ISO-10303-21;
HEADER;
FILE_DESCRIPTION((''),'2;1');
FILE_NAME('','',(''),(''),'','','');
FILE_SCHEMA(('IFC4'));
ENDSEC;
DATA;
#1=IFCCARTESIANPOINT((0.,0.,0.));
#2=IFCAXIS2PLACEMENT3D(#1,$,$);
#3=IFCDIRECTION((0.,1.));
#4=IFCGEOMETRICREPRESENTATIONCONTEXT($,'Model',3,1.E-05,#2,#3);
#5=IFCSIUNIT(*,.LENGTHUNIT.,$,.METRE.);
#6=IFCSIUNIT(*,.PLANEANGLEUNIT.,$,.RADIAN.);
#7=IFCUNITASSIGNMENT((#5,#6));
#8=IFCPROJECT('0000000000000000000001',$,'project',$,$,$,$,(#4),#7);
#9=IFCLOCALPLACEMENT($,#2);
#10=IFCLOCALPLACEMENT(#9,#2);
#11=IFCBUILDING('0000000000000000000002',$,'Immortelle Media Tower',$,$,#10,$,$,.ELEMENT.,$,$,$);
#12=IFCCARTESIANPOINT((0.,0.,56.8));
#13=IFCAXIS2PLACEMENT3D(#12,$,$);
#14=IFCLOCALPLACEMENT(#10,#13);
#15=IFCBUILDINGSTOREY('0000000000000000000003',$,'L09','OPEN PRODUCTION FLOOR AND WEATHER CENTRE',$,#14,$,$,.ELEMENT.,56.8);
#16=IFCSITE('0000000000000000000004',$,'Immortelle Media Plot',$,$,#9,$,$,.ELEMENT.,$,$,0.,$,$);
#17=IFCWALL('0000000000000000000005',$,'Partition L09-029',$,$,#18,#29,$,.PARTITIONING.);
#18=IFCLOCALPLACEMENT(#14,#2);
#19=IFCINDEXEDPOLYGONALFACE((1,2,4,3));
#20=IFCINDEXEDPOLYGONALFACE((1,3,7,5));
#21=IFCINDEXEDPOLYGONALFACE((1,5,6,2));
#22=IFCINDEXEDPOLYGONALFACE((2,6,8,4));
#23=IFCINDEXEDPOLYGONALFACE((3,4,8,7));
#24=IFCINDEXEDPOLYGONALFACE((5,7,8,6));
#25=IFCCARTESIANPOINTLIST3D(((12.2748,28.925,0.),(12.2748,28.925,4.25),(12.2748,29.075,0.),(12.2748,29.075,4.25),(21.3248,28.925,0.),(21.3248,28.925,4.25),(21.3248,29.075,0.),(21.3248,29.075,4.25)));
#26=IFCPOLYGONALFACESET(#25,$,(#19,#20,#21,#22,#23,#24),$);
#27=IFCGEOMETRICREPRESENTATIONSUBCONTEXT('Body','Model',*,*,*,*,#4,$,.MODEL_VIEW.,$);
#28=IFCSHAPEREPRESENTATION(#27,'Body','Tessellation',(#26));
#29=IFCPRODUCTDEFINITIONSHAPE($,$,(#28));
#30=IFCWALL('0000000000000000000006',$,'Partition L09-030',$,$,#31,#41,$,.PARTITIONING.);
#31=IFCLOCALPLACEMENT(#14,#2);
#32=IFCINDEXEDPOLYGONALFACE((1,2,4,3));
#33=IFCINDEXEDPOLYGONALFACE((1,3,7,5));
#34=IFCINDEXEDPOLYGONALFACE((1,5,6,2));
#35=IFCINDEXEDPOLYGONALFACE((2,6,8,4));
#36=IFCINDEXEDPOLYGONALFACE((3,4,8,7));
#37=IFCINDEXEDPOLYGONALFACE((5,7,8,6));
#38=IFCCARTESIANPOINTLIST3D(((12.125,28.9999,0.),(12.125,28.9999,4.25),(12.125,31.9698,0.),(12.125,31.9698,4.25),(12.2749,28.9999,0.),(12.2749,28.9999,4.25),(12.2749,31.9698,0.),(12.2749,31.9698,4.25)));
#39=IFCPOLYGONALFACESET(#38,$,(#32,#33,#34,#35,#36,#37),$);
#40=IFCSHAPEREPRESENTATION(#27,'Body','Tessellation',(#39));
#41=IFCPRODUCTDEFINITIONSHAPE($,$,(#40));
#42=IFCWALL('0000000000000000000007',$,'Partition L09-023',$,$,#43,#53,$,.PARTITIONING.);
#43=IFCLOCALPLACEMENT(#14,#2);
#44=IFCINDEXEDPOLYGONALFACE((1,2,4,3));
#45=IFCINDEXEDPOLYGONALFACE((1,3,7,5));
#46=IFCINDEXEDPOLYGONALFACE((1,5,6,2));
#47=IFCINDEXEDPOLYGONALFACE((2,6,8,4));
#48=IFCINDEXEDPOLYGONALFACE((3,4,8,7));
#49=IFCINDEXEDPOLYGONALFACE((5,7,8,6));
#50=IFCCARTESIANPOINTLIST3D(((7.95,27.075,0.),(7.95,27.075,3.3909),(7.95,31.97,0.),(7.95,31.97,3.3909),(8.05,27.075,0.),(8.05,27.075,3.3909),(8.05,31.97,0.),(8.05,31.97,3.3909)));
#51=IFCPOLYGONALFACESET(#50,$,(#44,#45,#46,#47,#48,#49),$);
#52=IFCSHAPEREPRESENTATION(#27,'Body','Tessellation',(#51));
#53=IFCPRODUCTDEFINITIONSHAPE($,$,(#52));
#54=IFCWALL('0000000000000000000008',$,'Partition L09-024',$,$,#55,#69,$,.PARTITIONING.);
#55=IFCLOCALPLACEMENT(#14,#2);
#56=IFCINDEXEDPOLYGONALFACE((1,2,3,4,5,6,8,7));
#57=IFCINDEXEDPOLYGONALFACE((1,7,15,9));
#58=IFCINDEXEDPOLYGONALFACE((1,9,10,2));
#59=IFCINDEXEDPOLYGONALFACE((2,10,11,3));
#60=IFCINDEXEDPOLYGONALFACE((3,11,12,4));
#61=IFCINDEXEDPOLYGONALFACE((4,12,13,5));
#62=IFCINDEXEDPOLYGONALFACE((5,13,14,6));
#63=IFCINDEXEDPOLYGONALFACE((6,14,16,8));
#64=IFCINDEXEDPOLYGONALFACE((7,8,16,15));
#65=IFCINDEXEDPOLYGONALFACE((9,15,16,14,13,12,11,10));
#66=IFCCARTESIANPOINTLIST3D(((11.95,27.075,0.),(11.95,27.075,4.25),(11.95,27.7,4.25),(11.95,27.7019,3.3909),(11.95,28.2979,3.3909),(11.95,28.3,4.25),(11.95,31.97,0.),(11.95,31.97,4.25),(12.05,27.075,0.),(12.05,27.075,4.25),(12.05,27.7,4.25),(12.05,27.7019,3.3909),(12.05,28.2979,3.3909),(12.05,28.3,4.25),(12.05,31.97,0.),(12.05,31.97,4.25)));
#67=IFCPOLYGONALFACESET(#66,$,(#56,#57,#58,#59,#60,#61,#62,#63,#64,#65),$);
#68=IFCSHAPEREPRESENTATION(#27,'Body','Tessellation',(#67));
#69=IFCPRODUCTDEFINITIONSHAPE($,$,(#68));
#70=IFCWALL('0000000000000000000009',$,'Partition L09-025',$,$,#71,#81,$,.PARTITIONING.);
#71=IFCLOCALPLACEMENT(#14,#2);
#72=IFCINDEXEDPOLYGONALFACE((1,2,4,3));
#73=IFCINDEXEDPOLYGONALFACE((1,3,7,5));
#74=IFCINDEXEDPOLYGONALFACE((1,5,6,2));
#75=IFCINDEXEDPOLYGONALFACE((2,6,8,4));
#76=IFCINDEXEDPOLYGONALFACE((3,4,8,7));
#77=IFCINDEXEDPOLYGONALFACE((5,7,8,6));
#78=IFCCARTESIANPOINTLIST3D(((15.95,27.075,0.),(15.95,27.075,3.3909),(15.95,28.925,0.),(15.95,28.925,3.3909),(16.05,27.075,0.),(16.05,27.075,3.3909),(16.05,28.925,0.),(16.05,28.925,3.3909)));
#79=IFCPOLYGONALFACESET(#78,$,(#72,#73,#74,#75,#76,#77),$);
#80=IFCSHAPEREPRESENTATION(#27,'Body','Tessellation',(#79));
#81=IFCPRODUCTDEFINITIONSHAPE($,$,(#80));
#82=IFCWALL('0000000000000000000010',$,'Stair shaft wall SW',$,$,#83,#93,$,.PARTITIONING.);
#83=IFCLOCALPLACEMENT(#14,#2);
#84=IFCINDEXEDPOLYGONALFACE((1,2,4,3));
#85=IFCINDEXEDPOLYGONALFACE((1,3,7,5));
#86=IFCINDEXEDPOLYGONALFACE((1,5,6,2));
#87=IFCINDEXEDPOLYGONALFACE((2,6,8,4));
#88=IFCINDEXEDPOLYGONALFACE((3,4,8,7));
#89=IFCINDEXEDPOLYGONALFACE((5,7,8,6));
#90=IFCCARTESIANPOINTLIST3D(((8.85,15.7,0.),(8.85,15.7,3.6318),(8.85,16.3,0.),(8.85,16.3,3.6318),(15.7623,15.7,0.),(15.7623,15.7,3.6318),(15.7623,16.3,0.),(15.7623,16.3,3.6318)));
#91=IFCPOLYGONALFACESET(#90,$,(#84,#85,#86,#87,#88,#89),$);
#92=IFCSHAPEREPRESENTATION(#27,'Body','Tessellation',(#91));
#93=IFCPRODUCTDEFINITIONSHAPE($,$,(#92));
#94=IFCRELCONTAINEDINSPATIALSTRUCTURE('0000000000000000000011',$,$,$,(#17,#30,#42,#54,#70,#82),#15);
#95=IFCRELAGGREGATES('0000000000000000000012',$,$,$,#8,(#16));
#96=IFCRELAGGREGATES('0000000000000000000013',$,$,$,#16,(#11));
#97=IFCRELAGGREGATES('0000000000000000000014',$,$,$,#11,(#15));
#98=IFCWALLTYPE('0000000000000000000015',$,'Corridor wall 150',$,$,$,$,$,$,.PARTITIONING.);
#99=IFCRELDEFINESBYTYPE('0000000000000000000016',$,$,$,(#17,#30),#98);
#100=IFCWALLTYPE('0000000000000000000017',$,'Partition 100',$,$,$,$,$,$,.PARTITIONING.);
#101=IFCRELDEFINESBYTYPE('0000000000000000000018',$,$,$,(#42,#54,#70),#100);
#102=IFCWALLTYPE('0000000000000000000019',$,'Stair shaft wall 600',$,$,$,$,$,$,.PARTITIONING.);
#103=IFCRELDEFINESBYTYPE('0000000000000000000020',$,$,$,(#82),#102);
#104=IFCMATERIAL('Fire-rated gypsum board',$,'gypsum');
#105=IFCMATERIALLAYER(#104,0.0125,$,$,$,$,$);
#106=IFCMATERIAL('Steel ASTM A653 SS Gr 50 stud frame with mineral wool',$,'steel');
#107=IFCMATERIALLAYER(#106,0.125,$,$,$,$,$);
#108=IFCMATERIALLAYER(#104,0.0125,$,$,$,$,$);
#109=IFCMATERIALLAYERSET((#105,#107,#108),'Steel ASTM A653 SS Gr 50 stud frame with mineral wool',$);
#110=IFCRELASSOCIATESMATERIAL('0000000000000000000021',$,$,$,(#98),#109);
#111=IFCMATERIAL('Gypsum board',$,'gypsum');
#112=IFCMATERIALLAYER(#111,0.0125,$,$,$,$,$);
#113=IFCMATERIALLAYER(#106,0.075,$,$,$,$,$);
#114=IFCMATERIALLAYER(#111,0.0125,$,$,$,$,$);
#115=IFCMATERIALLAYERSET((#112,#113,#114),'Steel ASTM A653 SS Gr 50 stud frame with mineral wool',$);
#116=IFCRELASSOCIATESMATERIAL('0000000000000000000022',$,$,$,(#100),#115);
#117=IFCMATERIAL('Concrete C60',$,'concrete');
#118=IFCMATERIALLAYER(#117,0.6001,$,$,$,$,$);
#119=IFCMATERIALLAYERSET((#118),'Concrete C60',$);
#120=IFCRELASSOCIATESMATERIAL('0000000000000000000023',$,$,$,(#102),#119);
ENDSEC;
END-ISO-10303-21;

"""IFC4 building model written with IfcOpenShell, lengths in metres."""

from ifc_helpers import new_model, si_unit, direction, frame, frame_2d, origin, place, context, subcontext, project, spatial, polyline, rectangle, outline, extrude, material, layer, layer_set, type_object, element, save


model = new_model("IFC4")

# Units and contexts
model_context = context("Model", 3, precision=1e-05, world=origin(), true_north=direction((0.0, 1.0)))
body_context = subcontext(model_context, "Body", "Model", "MODEL_VIEW")
ifc_project = project(units=[si_unit("LENGTHUNIT", "METRE"), si_unit("PLANEANGLEUNIT", "RADIAN")], contexts=[model_context])

# Site, building, storey
site_placement = place(None, origin())
site = spatial("IfcSite", under=ifc_project, at=site_placement, Name="Immortelle Media Plot", CompositionType="ELEMENT", RefElevation=0.0)
building_placement = place(site_placement, origin())
building = spatial("IfcBuilding", under=site, at=building_placement, Name="Immortelle Media Tower", CompositionType="ELEMENT")
storey_placement = place(building_placement, frame((0.0, 0.0, 56.8)))
storey = spatial("IfcBuildingStorey", under=building, at=storey_placement, Name="L09", Description="OPEN PRODUCTION FLOOR AND WEATHER CENTRE", CompositionType="ELEMENT", Elevation=56.8)

# Shared definitions
ifc_material_1 = material(Name="Fire-rated gypsum board", Category="gypsum")
ifc_material_2 = material(Name="Steel ASTM A653 SS Gr 50 stud frame with mineral wool", Category="steel")

# Walls
ifc_layer_1 = layer(ifc_material_1, 0.0125)
ifc_layer_2 = layer(ifc_material_2, 0.125)
ifc_layer_3 = layer(ifc_material_1, 0.0125)
ifc_layer_set_1 = layer_set([ifc_layer_1, ifc_layer_2, ifc_layer_3], Name="Steel ASTM A653 SS Gr 50 stud frame with mineral wool")
wall_type_1 = type_object("IfcWallType", Name="Corridor wall 150", PredefinedType="PARTITIONING", material=ifc_layer_set_1)
wall_1_placement = place(storey_placement, frame((12.2749, 29.0, 0.0), z_axis=(0.0, 0.0, 1.0), x_axis=(1.0, 0.0, 0.0)))
element("IfcWall", 1, at=wall_1_placement, inside=storey, type_object=wall_type_1, Name="Partition L09-029", PredefinedType="PARTITIONING", context=body_context, shape_type="SweptSolid", body=[
    extrude(rectangle(XDim=9.05, YDim=0.1499, at=frame_2d((4.5249, 0.0))), origin(), (0.0, 0.0, 1.0), 4.25),
])
wall_2_placement = place(storey_placement, frame((12.2, 29.0, 0.0), z_axis=(0.0, 0.0, 1.0), x_axis=(0.0, 1.0, 0.0)))
element("IfcWall", 2, at=wall_2_placement, inside=storey, type_object=wall_type_1, Name="Partition L09-030", PredefinedType="PARTITIONING", context=body_context, shape_type="SweptSolid", body=[
    extrude(rectangle(XDim=2.97, YDim=0.1499, at=frame_2d((1.4849, 0.0))), origin(), (0.0, 0.0, 1.0), 4.25),
])
ifc_material_3 = material(Name="Gypsum board", Category="gypsum")
ifc_layer_4 = layer(ifc_material_3, 0.0125)
ifc_layer_5 = layer(ifc_material_2, 0.075)
ifc_layer_6 = layer(ifc_material_3, 0.0125)
ifc_layer_set_2 = layer_set([ifc_layer_4, ifc_layer_5, ifc_layer_6], Name="Steel ASTM A653 SS Gr 50 stud frame with mineral wool")
wall_type_2 = type_object("IfcWallType", Name="Partition 100", PredefinedType="PARTITIONING", material=ifc_layer_set_2)
wall_3_placement = place(storey_placement, frame((8.0, 27.075, 0.0), z_axis=(0.0, 0.0, 1.0), x_axis=(0.0, 1.0, 0.0)))
element("IfcWall", 3, at=wall_3_placement, inside=storey, type_object=wall_type_2, Name="Partition L09-023", PredefinedType="PARTITIONING", context=body_context, shape_type="SweptSolid", body=[
    extrude(rectangle(XDim=4.895, YDim=0.1001, at=frame_2d((2.4475, 0.0))), origin(), (0.0, 0.0, 1.0), 3.3909),
])
wall_4_placement = place(storey_placement, frame((12.0, 27.075, 0.0), z_axis=(0.0, 0.0, 1.0), x_axis=(0.0, 1.0, 0.0)))
element("IfcWall", 4, at=wall_4_placement, inside=storey, type_object=wall_type_2, Name="Partition L09-024", PredefinedType="PARTITIONING", context=body_context, shape_type="SweptSolid", body=[
    extrude(outline(polyline([(0.0, 0.0), (4.895, 0.0), (4.895, 4.25), (1.2251, 4.25), (1.2229, 3.3909), (0.627, 3.3909), (0.625, 4.25), (0.0, 4.25), (0.0, 0.0)])), frame((0.0, 0.05, 0.0), z_axis=(0.0, -1.0, 0.0), x_axis=(1.0, 0.0, 0.0)), (0.0, 0.0, 1.0), 0.1001),
])
wall_5_placement = place(storey_placement, frame((16.0, 27.075, 0.0), z_axis=(0.0, 0.0, 1.0), x_axis=(0.0, 1.0, 0.0)))
element("IfcWall", 5, at=wall_5_placement, inside=storey, type_object=wall_type_2, Name="Partition L09-025", PredefinedType="PARTITIONING", context=body_context, shape_type="SweptSolid", body=[
    extrude(rectangle(XDim=1.8501, YDim=0.1001, at=frame_2d((0.925, 0.0))), origin(), (0.0, 0.0, 1.0), 3.3909),
])
ifc_material_4 = material(Name="Concrete C60", Category="concrete")
ifc_layer_7 = layer(ifc_material_4, 0.6001)
ifc_layer_set_3 = layer_set([ifc_layer_7], Name="Concrete C60")
wall_type_3 = type_object("IfcWallType", Name="Stair shaft wall 600", PredefinedType="PARTITIONING", material=ifc_layer_set_3)
wall_6_placement = place(storey_placement, frame((8.8501, 16.0, 0.0), z_axis=(0.0, 0.0, 1.0), x_axis=(1.0, 0.0, 0.0)))
element("IfcWall", 6, at=wall_6_placement, inside=storey, type_object=wall_type_3, Name="Stair shaft wall SW", PredefinedType="PARTITIONING", context=body_context, shape_type="SweptSolid", body=[
    extrude(rectangle(XDim=6.9124, YDim=0.6001, at=frame_2d((3.4561, 0.0))), origin(), (0.0, 0.0, 1.0), 3.6318),
])

save(model, "model.ifc")
